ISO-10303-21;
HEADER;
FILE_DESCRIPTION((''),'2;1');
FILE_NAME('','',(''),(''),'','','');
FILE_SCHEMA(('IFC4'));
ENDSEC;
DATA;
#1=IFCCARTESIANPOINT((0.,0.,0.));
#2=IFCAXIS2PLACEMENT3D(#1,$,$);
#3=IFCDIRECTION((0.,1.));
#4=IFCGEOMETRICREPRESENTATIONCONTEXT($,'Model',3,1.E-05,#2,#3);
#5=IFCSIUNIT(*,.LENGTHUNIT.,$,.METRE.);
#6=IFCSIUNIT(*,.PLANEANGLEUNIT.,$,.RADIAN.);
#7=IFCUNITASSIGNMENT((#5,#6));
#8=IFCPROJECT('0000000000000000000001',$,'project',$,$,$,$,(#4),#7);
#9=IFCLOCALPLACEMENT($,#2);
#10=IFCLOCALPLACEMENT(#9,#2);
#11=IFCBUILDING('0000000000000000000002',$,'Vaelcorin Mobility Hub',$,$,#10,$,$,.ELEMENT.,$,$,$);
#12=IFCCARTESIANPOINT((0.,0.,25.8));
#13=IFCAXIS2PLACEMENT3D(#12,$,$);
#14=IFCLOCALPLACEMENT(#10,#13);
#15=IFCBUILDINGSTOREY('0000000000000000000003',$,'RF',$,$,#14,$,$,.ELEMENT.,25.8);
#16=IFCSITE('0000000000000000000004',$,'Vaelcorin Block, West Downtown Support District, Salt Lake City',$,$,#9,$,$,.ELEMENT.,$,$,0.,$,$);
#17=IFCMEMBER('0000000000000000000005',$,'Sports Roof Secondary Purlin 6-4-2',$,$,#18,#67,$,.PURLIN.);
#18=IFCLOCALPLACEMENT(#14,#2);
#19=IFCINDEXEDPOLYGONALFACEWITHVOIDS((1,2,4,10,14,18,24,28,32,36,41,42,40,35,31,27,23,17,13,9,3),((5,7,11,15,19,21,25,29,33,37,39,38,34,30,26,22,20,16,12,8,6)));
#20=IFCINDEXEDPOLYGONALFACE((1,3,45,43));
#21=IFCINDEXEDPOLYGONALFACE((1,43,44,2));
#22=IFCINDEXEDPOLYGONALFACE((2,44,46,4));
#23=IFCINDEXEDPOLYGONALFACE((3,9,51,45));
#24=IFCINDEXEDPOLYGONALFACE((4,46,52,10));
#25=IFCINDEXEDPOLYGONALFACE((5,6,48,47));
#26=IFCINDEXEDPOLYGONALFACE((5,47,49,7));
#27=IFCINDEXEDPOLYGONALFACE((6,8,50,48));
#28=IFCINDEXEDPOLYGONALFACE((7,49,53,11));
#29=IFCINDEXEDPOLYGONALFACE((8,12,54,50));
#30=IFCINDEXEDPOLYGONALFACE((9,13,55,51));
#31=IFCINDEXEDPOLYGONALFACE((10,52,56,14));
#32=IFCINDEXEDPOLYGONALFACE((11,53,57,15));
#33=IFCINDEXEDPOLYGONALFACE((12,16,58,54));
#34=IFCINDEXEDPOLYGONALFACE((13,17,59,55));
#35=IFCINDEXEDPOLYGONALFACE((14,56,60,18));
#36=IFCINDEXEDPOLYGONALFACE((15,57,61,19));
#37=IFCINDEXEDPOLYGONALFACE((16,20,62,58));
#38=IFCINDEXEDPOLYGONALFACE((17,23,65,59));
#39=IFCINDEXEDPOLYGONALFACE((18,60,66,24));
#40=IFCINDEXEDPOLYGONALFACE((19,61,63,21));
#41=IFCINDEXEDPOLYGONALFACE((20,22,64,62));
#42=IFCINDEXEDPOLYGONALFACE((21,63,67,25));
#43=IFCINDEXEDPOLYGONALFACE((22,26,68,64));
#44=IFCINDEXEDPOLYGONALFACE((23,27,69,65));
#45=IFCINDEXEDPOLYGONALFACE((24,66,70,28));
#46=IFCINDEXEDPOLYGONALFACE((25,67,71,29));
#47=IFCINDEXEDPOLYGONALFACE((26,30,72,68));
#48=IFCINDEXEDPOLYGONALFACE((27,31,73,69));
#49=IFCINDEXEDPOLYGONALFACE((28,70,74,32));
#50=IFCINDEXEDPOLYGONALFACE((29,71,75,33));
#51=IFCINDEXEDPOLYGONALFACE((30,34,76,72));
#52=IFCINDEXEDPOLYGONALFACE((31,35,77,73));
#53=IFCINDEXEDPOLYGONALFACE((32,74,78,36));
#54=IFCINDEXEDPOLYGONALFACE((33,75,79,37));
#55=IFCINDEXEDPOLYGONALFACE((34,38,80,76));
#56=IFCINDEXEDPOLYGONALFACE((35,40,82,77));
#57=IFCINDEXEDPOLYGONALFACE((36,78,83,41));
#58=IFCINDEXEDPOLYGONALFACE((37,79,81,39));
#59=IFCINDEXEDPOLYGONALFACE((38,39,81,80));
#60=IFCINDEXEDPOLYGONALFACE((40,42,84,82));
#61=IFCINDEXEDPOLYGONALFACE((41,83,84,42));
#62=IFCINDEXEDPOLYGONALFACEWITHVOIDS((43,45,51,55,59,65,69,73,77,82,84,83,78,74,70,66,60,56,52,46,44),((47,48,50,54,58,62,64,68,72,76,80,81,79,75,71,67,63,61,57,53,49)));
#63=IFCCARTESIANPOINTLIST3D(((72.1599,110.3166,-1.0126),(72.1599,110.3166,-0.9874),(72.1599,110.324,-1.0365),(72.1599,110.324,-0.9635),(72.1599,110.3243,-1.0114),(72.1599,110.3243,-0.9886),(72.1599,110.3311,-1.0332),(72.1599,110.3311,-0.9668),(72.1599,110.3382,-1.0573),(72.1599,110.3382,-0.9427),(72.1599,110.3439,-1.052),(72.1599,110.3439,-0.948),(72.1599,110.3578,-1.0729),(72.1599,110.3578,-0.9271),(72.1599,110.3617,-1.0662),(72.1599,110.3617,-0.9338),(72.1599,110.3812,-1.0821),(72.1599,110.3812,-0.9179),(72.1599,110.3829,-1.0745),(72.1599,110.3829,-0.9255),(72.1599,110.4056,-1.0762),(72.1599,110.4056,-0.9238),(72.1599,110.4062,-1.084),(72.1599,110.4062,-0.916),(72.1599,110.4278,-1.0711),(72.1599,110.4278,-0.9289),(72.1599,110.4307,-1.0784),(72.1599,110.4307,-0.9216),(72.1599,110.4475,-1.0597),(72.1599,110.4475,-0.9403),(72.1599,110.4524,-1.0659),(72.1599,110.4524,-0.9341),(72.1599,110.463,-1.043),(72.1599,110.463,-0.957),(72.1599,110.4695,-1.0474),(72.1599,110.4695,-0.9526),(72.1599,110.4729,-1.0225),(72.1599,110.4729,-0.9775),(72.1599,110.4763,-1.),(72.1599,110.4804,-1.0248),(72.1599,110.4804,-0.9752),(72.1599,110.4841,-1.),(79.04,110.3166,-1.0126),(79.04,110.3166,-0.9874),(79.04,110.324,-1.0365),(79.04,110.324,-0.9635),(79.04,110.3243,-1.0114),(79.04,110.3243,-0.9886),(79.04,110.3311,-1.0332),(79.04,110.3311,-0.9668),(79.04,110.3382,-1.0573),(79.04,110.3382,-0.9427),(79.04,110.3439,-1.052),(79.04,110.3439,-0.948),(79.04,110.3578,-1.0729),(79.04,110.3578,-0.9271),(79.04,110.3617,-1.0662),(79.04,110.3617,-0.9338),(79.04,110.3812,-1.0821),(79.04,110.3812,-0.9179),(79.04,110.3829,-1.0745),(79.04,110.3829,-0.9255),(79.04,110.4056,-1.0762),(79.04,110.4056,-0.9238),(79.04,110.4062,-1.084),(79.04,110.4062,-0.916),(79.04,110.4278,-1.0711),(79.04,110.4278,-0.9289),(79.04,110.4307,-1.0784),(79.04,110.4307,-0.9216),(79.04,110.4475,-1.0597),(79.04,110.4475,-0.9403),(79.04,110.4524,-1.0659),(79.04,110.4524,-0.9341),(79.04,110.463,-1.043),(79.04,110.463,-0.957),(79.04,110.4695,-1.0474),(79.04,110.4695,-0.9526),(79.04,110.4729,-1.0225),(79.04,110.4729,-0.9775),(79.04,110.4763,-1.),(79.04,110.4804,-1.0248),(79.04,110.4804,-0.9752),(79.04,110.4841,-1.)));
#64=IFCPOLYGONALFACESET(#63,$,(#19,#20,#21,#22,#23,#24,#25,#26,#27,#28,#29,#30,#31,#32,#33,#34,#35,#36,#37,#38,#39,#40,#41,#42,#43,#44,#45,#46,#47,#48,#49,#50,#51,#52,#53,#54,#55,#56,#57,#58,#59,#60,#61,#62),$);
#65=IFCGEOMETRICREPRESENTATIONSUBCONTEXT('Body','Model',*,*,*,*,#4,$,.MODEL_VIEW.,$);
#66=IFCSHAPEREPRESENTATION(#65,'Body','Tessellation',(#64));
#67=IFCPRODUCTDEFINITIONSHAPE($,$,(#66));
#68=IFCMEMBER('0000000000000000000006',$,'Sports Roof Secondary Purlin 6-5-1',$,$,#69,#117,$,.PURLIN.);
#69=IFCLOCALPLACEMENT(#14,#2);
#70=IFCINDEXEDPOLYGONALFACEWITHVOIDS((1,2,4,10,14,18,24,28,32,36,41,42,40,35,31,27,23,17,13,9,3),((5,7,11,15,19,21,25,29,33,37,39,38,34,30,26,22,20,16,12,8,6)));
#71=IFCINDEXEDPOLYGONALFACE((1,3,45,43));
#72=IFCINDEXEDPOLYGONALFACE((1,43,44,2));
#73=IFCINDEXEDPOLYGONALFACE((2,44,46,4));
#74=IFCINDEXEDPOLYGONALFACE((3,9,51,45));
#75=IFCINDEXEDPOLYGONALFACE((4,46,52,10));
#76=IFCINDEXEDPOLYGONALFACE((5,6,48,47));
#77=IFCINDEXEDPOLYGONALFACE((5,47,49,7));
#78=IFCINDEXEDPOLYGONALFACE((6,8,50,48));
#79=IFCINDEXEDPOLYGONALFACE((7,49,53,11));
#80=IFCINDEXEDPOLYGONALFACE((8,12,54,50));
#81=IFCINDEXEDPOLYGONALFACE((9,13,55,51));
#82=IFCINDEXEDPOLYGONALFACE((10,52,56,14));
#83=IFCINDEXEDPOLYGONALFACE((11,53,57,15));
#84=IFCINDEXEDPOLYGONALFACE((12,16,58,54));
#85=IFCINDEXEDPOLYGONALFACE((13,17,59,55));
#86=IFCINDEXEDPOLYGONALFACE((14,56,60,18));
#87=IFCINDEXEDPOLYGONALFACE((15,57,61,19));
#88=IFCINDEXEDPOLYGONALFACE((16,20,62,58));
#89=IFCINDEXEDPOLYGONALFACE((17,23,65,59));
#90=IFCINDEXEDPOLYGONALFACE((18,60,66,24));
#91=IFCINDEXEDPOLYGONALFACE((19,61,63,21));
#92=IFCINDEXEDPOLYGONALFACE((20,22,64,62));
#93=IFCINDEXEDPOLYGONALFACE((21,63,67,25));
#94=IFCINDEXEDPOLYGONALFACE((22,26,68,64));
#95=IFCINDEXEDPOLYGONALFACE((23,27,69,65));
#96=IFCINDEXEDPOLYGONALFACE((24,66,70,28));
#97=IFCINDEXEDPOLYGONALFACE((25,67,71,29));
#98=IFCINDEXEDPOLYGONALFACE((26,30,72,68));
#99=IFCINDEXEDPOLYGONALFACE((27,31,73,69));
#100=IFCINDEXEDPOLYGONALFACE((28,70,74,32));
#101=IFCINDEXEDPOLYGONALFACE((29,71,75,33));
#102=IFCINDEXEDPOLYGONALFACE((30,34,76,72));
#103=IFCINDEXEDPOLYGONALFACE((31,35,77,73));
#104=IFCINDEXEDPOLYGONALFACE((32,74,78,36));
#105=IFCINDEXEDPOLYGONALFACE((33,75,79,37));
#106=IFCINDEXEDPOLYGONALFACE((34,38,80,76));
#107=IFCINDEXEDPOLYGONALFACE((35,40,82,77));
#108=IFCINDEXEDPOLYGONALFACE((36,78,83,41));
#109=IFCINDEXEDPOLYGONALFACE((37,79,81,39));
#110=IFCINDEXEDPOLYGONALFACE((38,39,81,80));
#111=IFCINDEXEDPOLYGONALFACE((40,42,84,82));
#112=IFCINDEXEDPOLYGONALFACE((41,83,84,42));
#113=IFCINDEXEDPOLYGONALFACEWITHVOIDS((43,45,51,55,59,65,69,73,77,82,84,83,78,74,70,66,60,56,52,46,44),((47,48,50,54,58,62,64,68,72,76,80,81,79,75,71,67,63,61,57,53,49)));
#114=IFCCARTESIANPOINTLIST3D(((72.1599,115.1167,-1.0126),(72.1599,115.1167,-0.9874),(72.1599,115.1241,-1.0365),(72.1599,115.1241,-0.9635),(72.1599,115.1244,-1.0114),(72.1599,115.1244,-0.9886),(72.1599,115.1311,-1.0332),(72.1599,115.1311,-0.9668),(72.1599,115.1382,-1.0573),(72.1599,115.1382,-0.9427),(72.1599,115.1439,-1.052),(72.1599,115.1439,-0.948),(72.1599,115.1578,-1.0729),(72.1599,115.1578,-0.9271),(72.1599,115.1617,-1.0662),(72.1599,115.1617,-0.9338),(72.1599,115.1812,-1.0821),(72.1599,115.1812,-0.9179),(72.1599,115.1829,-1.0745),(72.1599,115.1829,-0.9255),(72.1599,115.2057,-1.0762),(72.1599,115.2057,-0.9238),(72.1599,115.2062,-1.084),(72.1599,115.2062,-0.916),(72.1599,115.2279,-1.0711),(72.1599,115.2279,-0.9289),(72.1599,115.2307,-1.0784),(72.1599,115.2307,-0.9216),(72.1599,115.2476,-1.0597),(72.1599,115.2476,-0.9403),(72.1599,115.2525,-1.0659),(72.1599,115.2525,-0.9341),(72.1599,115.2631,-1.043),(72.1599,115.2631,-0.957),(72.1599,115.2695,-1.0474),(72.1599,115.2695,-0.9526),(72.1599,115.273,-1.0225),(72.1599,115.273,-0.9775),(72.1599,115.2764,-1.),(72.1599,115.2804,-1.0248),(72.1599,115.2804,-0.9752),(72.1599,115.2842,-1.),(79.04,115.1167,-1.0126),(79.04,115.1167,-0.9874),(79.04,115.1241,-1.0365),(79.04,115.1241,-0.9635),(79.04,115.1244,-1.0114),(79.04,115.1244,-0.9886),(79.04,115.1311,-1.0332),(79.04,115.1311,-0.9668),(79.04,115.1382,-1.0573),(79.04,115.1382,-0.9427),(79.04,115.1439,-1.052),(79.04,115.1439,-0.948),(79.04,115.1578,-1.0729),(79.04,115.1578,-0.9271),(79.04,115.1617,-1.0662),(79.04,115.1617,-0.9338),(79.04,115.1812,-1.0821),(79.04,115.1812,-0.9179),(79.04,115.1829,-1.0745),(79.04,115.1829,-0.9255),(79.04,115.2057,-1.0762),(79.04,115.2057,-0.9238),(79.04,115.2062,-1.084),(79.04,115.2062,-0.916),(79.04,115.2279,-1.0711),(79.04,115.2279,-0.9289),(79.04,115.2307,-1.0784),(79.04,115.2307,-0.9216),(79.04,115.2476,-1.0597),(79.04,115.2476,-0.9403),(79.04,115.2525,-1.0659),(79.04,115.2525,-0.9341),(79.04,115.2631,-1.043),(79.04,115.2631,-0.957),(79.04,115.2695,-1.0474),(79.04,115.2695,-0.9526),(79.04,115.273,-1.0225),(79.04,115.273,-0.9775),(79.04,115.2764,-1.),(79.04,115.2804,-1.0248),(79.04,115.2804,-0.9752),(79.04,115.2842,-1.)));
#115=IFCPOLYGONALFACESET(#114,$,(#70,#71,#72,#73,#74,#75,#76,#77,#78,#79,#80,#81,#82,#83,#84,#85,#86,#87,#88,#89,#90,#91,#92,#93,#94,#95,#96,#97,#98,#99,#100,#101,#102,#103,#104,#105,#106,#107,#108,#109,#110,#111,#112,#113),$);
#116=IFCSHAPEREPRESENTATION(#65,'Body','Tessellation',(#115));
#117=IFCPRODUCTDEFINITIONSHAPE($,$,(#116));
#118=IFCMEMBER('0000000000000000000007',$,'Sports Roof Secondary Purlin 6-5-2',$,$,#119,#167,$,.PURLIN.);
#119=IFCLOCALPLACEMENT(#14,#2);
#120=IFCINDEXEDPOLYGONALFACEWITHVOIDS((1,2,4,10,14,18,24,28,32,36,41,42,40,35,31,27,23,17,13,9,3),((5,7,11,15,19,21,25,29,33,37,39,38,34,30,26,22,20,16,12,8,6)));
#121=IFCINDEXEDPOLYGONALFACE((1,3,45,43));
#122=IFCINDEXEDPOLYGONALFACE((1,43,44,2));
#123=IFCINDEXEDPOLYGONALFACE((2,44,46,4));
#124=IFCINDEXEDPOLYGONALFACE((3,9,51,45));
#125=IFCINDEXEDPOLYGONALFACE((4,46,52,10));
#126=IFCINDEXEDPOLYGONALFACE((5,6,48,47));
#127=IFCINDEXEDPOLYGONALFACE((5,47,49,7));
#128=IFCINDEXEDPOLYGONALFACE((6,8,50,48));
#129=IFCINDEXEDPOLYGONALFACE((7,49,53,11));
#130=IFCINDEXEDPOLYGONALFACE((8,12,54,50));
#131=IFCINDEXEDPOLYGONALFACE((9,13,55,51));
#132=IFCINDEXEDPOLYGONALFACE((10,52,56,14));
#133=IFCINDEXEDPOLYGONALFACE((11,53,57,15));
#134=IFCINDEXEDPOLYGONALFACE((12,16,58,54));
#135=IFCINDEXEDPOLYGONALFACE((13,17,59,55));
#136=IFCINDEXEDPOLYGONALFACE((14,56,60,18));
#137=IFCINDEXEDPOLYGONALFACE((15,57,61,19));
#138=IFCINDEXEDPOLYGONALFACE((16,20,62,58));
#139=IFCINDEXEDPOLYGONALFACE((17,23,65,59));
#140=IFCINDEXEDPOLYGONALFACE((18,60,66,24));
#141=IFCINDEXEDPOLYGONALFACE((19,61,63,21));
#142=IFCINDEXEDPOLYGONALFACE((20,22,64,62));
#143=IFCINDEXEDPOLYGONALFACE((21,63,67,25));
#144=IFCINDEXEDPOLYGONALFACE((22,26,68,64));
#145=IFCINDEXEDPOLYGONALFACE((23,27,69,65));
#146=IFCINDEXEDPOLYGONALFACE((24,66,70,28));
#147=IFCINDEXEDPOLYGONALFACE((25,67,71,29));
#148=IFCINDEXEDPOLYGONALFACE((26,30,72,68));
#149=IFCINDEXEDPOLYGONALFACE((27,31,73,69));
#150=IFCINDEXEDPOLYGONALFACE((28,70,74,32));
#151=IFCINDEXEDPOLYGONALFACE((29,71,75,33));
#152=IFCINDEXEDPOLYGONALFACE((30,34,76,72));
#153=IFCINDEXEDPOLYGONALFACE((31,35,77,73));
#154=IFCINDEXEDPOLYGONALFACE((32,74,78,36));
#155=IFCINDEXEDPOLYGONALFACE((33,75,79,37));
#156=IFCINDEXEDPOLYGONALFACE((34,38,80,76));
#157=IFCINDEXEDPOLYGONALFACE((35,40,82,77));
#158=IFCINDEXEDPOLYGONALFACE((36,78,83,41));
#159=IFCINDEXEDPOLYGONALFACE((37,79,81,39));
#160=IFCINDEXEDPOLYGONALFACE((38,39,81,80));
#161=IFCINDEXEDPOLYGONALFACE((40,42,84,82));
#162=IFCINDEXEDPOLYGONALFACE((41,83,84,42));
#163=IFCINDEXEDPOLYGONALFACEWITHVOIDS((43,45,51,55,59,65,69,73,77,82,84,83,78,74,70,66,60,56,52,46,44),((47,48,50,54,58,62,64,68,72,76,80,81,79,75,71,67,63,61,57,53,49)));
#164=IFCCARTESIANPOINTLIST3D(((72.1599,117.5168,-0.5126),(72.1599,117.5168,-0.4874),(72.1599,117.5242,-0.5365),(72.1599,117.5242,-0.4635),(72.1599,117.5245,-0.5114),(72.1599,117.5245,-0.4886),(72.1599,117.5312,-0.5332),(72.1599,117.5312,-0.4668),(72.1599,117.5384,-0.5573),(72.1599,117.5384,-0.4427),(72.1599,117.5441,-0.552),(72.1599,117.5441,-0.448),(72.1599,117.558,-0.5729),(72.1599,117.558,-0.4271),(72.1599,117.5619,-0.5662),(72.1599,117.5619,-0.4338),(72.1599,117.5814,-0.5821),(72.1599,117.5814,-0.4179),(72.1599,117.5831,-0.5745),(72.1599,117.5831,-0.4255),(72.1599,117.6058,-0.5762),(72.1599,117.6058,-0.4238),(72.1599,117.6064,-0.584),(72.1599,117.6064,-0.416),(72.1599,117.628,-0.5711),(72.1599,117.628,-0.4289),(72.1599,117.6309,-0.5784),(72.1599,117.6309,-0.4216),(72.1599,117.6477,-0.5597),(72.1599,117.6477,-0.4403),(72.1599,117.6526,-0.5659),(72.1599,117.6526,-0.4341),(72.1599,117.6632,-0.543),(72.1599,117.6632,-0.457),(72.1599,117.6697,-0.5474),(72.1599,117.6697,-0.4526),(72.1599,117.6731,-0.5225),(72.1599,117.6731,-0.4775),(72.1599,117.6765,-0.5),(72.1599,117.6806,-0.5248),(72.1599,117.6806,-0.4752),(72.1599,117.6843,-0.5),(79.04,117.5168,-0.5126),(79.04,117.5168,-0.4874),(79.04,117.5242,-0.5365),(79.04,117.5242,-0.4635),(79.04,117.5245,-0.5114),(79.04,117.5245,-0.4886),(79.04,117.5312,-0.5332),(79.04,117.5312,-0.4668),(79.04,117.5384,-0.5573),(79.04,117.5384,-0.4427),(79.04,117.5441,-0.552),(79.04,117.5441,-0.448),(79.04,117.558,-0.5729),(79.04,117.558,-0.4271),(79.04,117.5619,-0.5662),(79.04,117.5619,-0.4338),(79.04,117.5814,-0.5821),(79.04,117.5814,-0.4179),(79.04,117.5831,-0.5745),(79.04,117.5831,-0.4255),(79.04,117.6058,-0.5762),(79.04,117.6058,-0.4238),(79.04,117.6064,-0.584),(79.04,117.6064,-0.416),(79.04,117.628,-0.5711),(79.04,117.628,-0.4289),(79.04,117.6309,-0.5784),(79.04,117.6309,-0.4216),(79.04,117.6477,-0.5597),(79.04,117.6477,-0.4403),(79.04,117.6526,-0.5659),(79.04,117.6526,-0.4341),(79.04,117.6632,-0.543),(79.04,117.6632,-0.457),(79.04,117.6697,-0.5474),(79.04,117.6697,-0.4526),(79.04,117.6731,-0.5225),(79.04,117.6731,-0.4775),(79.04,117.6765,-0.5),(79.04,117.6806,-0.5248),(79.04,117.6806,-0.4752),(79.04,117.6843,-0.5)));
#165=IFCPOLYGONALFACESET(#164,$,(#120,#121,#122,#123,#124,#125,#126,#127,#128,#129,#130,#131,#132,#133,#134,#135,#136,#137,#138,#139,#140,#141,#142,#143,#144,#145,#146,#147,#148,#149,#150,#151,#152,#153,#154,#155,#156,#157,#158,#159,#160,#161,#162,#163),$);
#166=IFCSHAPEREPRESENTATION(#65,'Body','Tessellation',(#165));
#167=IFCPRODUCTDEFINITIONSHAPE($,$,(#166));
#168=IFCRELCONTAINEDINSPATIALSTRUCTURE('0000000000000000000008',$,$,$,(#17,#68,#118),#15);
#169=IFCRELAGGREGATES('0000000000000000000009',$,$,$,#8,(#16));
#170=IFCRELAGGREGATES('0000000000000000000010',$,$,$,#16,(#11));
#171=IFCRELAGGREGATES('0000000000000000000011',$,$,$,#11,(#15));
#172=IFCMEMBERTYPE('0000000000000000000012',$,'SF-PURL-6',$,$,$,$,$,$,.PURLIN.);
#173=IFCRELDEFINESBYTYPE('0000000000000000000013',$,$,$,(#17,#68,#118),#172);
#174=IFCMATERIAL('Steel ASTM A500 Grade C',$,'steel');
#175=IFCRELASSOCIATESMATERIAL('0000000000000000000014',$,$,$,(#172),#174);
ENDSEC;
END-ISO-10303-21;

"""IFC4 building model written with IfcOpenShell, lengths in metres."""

from ifc_helpers import new_model, si_unit, direction, frame, origin, origin_2d, place, context, subcontext, project, spatial, hollow_circle, extrude, material, material_profile, profile_set, type_object, element, save


model = new_model("IFC4")

# Units and contexts
model_context = context("Model", 3, precision=1e-05, world=origin(), true_north=direction((0.0, 1.0)))
body_context = subcontext(model_context, "Body", "Model", "MODEL_VIEW")
ifc_project = project(units=[si_unit("LENGTHUNIT", "METRE"), si_unit("PLANEANGLEUNIT", "RADIAN")], contexts=[model_context])

# Site, building, storey
site_placement = place(None, origin())
site = spatial("IfcSite", under=ifc_project, at=site_placement, Name="Vaelcorin Block, West Downtown Support District, Salt Lake City", CompositionType="ELEMENT", RefElevation=0.0)
building_placement = place(site_placement, origin())
building = spatial("IfcBuilding", under=site, at=building_placement, Name="Vaelcorin Mobility Hub", CompositionType="ELEMENT")
storey_placement = place(building_placement, frame((0.0, 0.0, 25.8)))
storey = spatial("IfcBuildingStorey", under=building, at=storey_placement, Name="RF", CompositionType="ELEMENT", Elevation=25.8)

# Members
ifc_material_1 = material(Name="Steel ASTM A500 Grade C", Category="steel")
ifc_material_profile_1 = material_profile(ifc_material_1, hollow_circle(Radius=0.0842, WallThickness=0.0078, at=origin_2d()), Name="HSS6.625X0.312")
ifc_profile_set_1 = profile_set([ifc_material_profile_1], Name="Steel ASTM A500 Grade C")
member_type_1 = type_object("IfcMemberType", Name="SF-PURL-6", PredefinedType="PURLIN", material=ifc_profile_set_1)
for number, where, z_axis, x_axis, name in (
    (1, (72.1599, 110.3999, -1.0), (1.0, 0.0, 0.0), (0.0, 1.0, 0.0), "Sports Roof Secondary Purlin 6-4-2"),
    (2, (72.1599, 115.2, -1.0), (1.0, 0.0, 0.0), (0.0, 1.0, 0.0), "Sports Roof Secondary Purlin 6-5-1"),
    (3, (72.1599, 117.6001, -0.5), (1.0, 0.0, 0.0), (0.0, 1.0, 0.0), "Sports Roof Secondary Purlin 6-5-2"),
):
    element("IfcMember", number, at=place(storey_placement, frame(where, z_axis=z_axis, x_axis=x_axis)), inside=storey, type_object=member_type_1, Name=name, PredefinedType="PURLIN", context=body_context, shape_type="SweptSolid", body=[
        extrude(hollow_circle(Radius=0.0842, WallThickness=0.0078, at=origin_2d()), origin(), (0.0, 0.0, 1.0), 6.8801),
    ])

save(model, "model.ifc")
